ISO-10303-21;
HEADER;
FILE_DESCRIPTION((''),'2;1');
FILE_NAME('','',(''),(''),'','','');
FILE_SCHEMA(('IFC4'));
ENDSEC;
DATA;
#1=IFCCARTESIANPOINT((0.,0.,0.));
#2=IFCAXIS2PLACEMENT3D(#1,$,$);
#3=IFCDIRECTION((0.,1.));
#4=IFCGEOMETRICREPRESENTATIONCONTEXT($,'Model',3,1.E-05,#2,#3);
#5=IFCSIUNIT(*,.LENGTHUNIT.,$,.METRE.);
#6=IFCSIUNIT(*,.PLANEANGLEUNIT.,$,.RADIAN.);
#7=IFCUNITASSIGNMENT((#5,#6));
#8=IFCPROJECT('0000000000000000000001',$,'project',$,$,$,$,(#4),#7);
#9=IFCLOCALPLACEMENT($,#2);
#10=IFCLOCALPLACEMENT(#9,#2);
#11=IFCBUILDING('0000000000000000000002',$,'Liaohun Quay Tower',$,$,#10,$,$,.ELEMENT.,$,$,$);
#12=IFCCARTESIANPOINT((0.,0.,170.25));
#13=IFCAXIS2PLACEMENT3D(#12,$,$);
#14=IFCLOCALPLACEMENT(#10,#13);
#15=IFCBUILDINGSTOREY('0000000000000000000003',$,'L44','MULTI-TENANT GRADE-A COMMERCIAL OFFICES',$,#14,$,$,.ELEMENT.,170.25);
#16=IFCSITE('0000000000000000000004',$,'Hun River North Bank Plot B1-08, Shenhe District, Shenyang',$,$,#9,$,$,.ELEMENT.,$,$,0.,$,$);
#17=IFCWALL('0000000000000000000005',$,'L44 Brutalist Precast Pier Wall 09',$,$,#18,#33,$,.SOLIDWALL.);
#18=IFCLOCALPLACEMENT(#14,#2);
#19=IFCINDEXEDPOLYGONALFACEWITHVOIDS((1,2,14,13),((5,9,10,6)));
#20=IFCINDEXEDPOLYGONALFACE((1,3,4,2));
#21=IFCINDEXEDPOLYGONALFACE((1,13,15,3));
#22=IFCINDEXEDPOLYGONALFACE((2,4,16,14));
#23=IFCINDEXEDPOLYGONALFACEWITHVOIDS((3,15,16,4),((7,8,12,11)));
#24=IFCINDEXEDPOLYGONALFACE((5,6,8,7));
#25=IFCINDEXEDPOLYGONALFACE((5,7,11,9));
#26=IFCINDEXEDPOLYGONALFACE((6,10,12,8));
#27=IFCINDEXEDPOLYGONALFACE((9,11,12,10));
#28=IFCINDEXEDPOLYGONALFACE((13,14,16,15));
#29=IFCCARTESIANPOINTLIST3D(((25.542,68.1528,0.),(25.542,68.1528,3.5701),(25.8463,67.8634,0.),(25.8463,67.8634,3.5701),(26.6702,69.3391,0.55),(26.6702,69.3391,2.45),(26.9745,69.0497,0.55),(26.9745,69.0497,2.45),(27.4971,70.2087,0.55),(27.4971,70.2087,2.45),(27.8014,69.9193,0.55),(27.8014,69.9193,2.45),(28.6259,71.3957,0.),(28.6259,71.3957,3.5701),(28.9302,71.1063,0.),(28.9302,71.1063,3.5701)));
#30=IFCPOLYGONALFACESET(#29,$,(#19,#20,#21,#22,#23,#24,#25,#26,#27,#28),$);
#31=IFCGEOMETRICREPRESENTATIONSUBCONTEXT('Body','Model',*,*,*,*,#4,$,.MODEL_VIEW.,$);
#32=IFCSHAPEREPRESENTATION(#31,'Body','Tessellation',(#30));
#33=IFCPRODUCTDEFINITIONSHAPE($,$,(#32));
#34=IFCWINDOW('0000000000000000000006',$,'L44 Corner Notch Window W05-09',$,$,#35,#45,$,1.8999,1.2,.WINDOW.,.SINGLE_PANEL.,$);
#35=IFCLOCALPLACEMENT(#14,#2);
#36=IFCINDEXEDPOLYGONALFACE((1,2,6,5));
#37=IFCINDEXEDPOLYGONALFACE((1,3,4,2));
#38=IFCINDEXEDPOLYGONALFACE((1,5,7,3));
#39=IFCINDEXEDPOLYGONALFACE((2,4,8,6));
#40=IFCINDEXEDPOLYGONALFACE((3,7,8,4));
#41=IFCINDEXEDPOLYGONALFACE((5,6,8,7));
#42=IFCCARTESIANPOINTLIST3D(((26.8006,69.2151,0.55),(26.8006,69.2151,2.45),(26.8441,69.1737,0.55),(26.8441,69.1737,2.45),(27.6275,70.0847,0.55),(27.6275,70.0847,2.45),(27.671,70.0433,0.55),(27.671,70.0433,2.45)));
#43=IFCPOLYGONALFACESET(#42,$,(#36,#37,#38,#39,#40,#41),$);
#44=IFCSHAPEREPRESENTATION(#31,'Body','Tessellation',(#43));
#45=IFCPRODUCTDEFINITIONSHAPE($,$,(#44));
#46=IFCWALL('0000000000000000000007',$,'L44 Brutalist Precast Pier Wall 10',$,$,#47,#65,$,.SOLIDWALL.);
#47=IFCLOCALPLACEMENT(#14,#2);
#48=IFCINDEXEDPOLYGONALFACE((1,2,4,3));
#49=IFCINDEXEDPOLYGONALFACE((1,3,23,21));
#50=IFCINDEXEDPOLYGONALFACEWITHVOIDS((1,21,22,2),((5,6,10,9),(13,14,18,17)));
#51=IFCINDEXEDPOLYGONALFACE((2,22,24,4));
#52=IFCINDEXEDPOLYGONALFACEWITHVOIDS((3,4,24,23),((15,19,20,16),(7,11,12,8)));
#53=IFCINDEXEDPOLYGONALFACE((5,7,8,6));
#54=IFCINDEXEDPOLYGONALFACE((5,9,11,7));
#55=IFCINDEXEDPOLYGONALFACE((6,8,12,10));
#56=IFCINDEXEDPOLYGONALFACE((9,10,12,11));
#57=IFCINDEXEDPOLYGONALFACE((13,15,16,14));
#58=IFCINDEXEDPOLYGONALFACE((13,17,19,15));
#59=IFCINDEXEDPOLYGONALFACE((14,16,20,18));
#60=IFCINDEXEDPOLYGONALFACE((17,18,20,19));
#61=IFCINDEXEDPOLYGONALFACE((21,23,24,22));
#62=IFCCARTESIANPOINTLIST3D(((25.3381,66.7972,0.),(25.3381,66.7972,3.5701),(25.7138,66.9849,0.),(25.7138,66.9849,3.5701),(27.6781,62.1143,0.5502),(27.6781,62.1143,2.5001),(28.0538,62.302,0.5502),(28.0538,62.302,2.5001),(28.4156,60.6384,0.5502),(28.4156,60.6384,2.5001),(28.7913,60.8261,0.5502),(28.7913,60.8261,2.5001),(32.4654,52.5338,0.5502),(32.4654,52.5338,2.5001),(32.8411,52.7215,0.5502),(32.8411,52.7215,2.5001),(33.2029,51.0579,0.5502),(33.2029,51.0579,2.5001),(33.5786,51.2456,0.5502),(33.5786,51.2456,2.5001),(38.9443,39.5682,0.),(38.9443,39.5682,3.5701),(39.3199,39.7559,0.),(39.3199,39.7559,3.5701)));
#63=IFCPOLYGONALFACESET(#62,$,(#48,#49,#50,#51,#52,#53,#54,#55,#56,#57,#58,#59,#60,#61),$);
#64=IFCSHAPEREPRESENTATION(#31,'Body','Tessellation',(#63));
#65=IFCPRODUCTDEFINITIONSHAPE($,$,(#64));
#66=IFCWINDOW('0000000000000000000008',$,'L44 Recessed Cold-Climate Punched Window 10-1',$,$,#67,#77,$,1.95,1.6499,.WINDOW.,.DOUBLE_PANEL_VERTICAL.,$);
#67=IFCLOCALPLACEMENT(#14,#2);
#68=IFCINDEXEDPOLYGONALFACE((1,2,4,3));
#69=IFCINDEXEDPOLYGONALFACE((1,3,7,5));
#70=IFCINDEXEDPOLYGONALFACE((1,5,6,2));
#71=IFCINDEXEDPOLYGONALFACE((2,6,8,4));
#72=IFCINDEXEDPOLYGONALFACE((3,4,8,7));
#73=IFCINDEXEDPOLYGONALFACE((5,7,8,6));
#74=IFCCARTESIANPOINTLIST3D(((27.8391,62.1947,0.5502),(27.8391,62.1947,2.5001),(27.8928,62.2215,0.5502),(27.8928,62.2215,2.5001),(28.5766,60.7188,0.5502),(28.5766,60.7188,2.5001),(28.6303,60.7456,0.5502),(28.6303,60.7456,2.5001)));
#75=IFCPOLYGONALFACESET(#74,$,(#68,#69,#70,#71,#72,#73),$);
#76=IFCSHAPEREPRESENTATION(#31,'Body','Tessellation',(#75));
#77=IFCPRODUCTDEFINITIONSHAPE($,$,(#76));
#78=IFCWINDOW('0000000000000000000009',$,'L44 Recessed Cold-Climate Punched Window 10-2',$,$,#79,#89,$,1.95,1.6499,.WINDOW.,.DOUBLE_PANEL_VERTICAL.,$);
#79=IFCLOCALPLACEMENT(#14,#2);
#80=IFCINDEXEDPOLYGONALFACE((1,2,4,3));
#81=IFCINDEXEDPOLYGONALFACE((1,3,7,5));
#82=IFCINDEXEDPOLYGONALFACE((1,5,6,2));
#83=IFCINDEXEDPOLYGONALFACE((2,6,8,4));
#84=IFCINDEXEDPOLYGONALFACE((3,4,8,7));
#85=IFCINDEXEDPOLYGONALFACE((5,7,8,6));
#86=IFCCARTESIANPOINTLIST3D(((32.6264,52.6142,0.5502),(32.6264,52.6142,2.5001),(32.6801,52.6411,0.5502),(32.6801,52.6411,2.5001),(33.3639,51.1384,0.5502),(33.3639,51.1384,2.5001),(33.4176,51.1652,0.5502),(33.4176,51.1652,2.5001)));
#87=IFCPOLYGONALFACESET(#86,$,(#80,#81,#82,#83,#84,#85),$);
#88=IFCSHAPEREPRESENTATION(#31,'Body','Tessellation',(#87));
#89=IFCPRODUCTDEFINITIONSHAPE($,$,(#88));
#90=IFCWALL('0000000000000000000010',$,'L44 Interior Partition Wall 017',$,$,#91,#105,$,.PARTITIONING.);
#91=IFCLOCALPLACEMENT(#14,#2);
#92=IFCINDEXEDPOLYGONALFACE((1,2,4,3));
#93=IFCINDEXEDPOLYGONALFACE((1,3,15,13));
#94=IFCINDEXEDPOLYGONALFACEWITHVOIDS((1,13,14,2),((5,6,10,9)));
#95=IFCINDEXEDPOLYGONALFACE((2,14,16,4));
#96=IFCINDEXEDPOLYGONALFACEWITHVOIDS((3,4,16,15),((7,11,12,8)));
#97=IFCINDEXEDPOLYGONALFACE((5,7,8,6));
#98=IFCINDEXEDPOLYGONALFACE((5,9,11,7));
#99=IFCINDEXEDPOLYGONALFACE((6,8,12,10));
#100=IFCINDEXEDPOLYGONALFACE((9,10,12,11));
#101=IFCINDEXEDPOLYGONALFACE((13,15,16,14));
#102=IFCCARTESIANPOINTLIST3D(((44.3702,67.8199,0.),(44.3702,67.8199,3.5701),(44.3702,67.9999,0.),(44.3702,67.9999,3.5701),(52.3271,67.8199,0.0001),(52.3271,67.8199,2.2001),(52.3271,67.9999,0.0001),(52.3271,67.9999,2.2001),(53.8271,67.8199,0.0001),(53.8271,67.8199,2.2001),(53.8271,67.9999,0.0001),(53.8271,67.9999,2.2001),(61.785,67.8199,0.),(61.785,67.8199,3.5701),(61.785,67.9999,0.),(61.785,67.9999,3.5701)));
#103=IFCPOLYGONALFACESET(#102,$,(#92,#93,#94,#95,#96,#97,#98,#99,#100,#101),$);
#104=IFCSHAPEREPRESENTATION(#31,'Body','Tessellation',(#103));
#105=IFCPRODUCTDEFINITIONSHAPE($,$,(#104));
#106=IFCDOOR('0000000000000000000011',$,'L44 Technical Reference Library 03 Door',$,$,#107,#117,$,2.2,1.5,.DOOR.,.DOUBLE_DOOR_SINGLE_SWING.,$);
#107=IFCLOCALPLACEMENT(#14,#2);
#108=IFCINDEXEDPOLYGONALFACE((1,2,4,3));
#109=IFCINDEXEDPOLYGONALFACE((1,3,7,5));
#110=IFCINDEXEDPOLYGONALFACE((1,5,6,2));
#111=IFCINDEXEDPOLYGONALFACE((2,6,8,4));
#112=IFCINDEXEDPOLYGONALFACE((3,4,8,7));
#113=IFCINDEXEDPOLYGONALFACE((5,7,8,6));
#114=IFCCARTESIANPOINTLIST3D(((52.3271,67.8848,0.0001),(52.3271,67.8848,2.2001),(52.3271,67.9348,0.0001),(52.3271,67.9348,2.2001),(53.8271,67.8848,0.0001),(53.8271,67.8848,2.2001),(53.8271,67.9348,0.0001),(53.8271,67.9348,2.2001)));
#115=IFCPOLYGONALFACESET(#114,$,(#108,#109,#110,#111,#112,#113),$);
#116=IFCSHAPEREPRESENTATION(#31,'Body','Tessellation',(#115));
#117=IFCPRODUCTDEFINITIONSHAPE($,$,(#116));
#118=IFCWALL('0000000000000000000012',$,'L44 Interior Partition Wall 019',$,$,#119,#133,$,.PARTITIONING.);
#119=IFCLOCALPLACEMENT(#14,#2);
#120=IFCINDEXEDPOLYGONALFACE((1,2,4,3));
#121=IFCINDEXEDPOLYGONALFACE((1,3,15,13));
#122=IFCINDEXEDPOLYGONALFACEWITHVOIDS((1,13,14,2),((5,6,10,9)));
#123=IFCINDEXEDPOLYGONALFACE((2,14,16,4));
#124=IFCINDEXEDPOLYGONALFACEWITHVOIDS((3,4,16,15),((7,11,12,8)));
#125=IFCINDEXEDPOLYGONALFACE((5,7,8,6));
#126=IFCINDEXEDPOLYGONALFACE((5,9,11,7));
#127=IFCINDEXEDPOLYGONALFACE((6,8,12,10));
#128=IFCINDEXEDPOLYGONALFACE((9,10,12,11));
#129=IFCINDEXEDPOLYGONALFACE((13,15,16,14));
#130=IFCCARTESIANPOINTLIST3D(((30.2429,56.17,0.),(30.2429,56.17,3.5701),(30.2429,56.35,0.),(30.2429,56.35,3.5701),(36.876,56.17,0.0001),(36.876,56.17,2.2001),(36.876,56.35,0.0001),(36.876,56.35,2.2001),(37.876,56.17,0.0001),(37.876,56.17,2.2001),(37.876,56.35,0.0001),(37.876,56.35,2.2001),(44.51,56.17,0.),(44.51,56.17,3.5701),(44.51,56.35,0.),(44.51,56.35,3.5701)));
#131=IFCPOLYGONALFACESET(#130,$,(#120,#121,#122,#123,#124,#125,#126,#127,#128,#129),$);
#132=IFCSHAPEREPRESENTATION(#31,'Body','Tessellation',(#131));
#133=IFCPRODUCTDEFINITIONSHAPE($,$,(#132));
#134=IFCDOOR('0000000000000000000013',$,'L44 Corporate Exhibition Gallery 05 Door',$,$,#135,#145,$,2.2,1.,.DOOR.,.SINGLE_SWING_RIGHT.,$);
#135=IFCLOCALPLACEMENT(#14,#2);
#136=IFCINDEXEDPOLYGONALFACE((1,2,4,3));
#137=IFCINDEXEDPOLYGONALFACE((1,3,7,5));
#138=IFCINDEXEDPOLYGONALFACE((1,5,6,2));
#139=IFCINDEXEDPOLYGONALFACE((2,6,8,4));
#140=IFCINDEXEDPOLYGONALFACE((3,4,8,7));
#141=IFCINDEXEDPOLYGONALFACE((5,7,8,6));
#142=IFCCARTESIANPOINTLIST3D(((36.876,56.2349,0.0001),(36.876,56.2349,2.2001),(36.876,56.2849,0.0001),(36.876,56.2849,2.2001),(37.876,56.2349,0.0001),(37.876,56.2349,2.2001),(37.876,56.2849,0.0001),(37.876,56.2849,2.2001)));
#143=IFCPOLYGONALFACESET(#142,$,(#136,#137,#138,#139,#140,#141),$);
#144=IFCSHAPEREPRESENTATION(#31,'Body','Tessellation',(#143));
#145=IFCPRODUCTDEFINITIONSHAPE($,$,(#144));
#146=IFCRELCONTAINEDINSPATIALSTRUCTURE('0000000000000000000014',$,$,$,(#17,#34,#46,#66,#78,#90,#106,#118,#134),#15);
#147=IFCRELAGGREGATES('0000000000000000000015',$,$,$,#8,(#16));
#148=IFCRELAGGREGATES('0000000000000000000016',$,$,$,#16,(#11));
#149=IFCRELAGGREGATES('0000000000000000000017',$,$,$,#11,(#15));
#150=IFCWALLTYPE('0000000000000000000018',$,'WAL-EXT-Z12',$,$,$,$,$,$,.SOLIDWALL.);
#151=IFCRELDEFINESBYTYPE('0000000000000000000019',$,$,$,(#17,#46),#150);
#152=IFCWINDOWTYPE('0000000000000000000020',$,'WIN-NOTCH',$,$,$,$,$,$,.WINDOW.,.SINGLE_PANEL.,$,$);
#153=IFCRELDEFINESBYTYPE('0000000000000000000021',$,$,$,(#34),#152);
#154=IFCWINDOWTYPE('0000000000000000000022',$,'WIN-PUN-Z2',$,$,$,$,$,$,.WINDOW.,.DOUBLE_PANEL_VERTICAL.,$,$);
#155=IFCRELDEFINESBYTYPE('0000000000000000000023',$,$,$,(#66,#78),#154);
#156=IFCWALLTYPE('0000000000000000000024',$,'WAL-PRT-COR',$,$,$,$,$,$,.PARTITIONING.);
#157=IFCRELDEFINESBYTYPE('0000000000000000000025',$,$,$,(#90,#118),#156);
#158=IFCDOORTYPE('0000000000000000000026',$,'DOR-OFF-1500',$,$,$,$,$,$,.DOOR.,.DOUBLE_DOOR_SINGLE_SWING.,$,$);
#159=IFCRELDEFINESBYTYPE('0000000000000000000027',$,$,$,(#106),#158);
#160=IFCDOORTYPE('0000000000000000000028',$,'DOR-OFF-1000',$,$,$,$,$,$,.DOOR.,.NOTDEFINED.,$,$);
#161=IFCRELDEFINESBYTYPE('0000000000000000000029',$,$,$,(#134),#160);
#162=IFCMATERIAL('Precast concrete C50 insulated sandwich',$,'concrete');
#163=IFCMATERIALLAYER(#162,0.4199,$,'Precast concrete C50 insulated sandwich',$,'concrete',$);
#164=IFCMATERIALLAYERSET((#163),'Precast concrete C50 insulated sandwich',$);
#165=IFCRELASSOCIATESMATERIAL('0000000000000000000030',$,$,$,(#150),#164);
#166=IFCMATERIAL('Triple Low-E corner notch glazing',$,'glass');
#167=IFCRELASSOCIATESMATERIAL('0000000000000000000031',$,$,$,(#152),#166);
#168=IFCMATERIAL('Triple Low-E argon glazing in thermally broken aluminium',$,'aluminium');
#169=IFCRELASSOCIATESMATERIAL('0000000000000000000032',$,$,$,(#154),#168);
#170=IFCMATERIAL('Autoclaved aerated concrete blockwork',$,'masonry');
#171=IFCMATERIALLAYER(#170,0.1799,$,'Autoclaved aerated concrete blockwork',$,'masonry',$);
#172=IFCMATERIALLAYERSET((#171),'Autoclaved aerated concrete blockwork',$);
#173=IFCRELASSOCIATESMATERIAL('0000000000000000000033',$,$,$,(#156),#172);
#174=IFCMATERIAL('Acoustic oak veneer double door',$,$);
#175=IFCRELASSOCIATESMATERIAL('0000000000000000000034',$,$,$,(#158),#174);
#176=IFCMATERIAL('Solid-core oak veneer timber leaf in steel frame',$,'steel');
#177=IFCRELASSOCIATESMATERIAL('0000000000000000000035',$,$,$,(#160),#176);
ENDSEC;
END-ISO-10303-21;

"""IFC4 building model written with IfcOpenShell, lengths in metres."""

from ifc_helpers import new_model, si_unit, direction, frame, frame_2d, origin, place, context, subcontext, project, spatial, rectangle, extrude, source, transform, mapped, material, layer, layer_set, type_object, element, fill, save


model = new_model("IFC4")

# Units and contexts
model_context = context("Model", 3, precision=1e-05, world=origin(), true_north=direction((0.0, 1.0)))
body_context = subcontext(model_context, "Body", "Model", "MODEL_VIEW")
ifc_project = project(units=[si_unit("LENGTHUNIT", "METRE"), si_unit("PLANEANGLEUNIT", "RADIAN")], contexts=[model_context])

# Site, building, storey
site_placement = place(None, origin())
site = spatial("IfcSite", under=ifc_project, at=site_placement, Name="Hun River North Bank Plot B1-08, Shenhe District, Shenyang", CompositionType="ELEMENT", RefElevation=0.0)
building_placement = place(site_placement, origin())
building = spatial("IfcBuilding", under=site, at=building_placement, Name="Liaohun Quay Tower", CompositionType="ELEMENT")
storey_placement = place(building_placement, frame((0.0, 0.0, 170.25)))
storey = spatial("IfcBuildingStorey", under=building, at=storey_placement, Name="L44", Description="MULTI-TENANT GRADE-A COMMERCIAL OFFICES", CompositionType="ELEMENT", Elevation=170.25)

# Wall, opening, window
ifc_material_1 = material(Name="Precast concrete C50 insulated sandwich", Category="concrete")
ifc_layer_1 = layer(ifc_material_1, 0.4199, Name="Precast concrete C50 insulated sandwich", Category="concrete")
ifc_layer_set_1 = layer_set([ifc_layer_1], Name="Precast concrete C50 insulated sandwich")
wall_type_1 = type_object("IfcWallType", Name="WAL-EXT-Z12", PredefinedType="SOLIDWALL", material=ifc_layer_set_1)
shared_shape_1 = source(origin(), body_context, "Body", "SweptSolid", [
    extrude(rectangle(XDim=1.2, YDim=1.8999, at=frame_2d((0.6001, 0.95))), frame((0.0, 0.22, 0.0), z_axis=(0.0, -1.0, 0.0), x_axis=(1.0, 0.0, 0.0)), (0.0, 0.0, 1.0), 0.4399),
])
ifc_material_2 = material(Name="Triple Low-E corner notch glazing", Category="glass")
window_type_1 = type_object("IfcWindowType", Name="WIN-NOTCH", PartitioningType="SINGLE_PANEL", PredefinedType="WINDOW", material=ifc_material_2)
shared_shape_2 = source(origin(), body_context, "Body", "SweptSolid", [
    extrude(rectangle(XDim=1.2, YDim=1.8999, at=frame_2d((0.6001, 0.95))), frame((0.0, 0.03, 0.0), z_axis=(0.0, -1.0, 0.0), x_axis=(1.0, 0.0, 0.0)), (0.0, 0.0, 1.0), 0.0601),
])
wall_1_placement = place(storey_placement, frame((28.7781, 71.251, 0.0), z_axis=(0.0, 0.0, 1.0), x_axis=(-0.689126, -0.724641, 0.0)))
wall_1 = element("IfcWall", 1, at=wall_1_placement, inside=storey, type_object=wall_type_1, Name="L44 Brutalist Precast Pier Wall 09", PredefinedType="SOLIDWALL", context=body_context, shape_type="SweptSolid", body=[
    extrude(rectangle(XDim=4.4751, YDim=0.4199, at=frame_2d((2.2375, 0.0))), origin(), (0.0, 0.0, 1.0), 3.5701),
])
opening_1_placement = place(wall_1_placement, frame((1.6379, 0.0, 0.55)))
opening_1 = element("IfcOpeningElement", 2, at=opening_1_placement, cuts=wall_1, PredefinedType="OPENING", context=body_context, shape_type="MappedRepresentation", body=[
    mapped(shared_shape_1, transform((0.0, 0.0, 0.0), x_axis=(1.0, 0.0, 0.0), y_axis=(0.0, 1.0, 0.0), z_axis=(0.0, 0.0, 1.0), scale=1.0)),
])
window_1_placement = place(opening_1_placement, origin())
window_1 = element("IfcWindow", 3, at=window_1_placement, inside=storey, type_object=window_type_1, Name="L44 Corner Notch Window W05-09", OverallHeight=1.8999, OverallWidth=1.2, PartitioningType="SINGLE_PANEL", PredefinedType="WINDOW", context=body_context, shape_type="MappedRepresentation", body=[
    mapped(shared_shape_2, transform((0.0, 0.0, 0.0), x_axis=(1.0, 0.0, 0.0), y_axis=(0.0, 1.0, 0.0), z_axis=(0.0, 0.0, 1.0), scale=1.0)),
])
fill(opening_1, window_1)

# Wall, openings, windows
wall_2_placement = place(storey_placement, frame((25.5259, 66.8911, 0.0), z_axis=(0.0, 0.0, 1.0), x_axis=(0.446995, -0.894536, 0.0)))
wall_2 = element("IfcWall", 4, at=wall_2_placement, inside=storey, type_object=wall_type_1, Name="L44 Brutalist Precast Pier Wall 10", PredefinedType="SOLIDWALL", context=body_context, shape_type="SweptSolid", body=[
    extrude(rectangle(XDim=30.4392, YDim=0.4199, at=frame_2d((15.2197, 0.0))), origin(), (0.0, 0.0, 1.0), 3.5701),
])
shared_shape_3 = source(origin(), body_context, "Body", "SweptSolid", [
    extrude(rectangle(XDim=1.6499, YDim=1.95, at=frame_2d((0.825, 0.9751))), frame((0.0, 0.22, 0.0), z_axis=(0.0, -1.0, 0.0), x_axis=(1.0, 0.0, 0.0)), (0.0, 0.0, 1.0), 0.4399),
])
opening_2_placement = place(wall_2_placement, frame((5.2351, 0.0, 0.55)))
opening_2 = element("IfcOpeningElement", 5, at=opening_2_placement, cuts=wall_2, PredefinedType="OPENING", context=body_context, shape_type="MappedRepresentation", body=[
    mapped(shared_shape_3, transform((0.0, 0.0, 0.0), x_axis=(1.0, 0.0, 0.0), y_axis=(0.0, 1.0, 0.0), z_axis=(0.0, 0.0, 1.0), scale=1.0)),
])
opening_3_placement = place(wall_2_placement, frame((15.9451, 0.0, 0.55)))
opening_3 = element("IfcOpeningElement", 6, at=opening_3_placement, cuts=wall_2, PredefinedType="OPENING", context=body_context, shape_type="MappedRepresentation", body=[
    mapped(shared_shape_3, transform((0.0, 0.0, 0.0), x_axis=(1.0, 0.0, 0.0), y_axis=(0.0, 1.0, 0.0), z_axis=(0.0, 0.0, 1.0), scale=1.0)),
])
ifc_material_3 = material(Name="Triple Low-E argon glazing in thermally broken aluminium", Category="aluminium")
window_type_2 = type_object("IfcWindowType", Name="WIN-PUN-Z2", PartitioningType="DOUBLE_PANEL_VERTICAL", PredefinedType="WINDOW", material=ifc_material_3)
shared_shape_4 = source(origin(), body_context, "Body", "SweptSolid", [
    extrude(rectangle(XDim=1.6499, YDim=1.95, at=frame_2d((0.825, 0.9751))), frame((0.0, 0.03, 0.0), z_axis=(0.0, -1.0, 0.0), x_axis=(1.0, 0.0, 0.0)), (0.0, 0.0, 1.0), 0.0601),
])
window_2_placement = place(opening_2_placement, origin())
window_2 = element("IfcWindow", 7, at=window_2_placement, inside=storey, type_object=window_type_2, Name="L44 Recessed Cold-Climate Punched Window 10-1", OverallHeight=1.95, OverallWidth=1.6499, PartitioningType="DOUBLE_PANEL_VERTICAL", PredefinedType="WINDOW", context=body_context, shape_type="MappedRepresentation", body=[
    mapped(shared_shape_4, transform((0.0, 0.0, 0.0), x_axis=(1.0, 0.0, 0.0), y_axis=(0.0, 1.0, 0.0), z_axis=(0.0, 0.0, 1.0), scale=1.0)),
])
fill(opening_2, window_2)
window_3_placement = place(opening_3_placement, origin())
window_3 = element("IfcWindow", 8, at=window_3_placement, inside=storey, type_object=window_type_2, Name="L44 Recessed Cold-Climate Punched Window 10-2", OverallHeight=1.95, OverallWidth=1.6499, PartitioningType="DOUBLE_PANEL_VERTICAL", PredefinedType="WINDOW", context=body_context, shape_type="MappedRepresentation", body=[
    mapped(shared_shape_4, transform((0.0, 0.0, 0.0), x_axis=(1.0, 0.0, 0.0), y_axis=(0.0, 1.0, 0.0), z_axis=(0.0, 0.0, 1.0), scale=1.0)),
])
fill(opening_3, window_3)

# Walls, openings, doors
ifc_material_4 = material(Name="Autoclaved aerated concrete blockwork", Category="masonry")
ifc_layer_2 = layer(ifc_material_4, 0.1799, Name="Autoclaved aerated concrete blockwork", Category="masonry")
ifc_layer_set_2 = layer_set([ifc_layer_2], Name="Autoclaved aerated concrete blockwork")
wall_type_2 = type_object("IfcWallType", Name="WAL-PRT-COR", PredefinedType="PARTITIONING", material=ifc_layer_set_2)
wall_3_placement = place(storey_placement, frame((44.3701, 67.9099, 0.0), z_axis=(0.0, 0.0, 1.0), x_axis=(1.0, 0.0, 0.0)))
wall_3 = element("IfcWall", 9, at=wall_3_placement, inside=storey, type_object=wall_type_2, Name="L44 Interior Partition Wall 017", PredefinedType="PARTITIONING", context=body_context, shape_type="SweptSolid", body=[
    extrude(rectangle(XDim=17.4148, YDim=0.1799, at=frame_2d((8.7075, 0.0))), origin(), (0.0, 0.0, 1.0), 3.5701),
])
shared_shape_5 = source(origin(), body_context, "Body", "SweptSolid", [
    extrude(rectangle(XDim=1.5, YDim=2.2, at=frame_2d((0.75, 1.1001))), frame((0.0, 0.0999, 0.0), z_axis=(0.0, -1.0, 0.0), x_axis=(1.0, 0.0, 0.0)), (0.0, 0.0, 1.0), 0.2),
])
opening_4_placement = place(wall_3_placement, frame((7.957, 0.0, 0.0)))
opening_4 = element("IfcOpeningElement", 10, at=opening_4_placement, cuts=wall_3, PredefinedType="OPENING", context=body_context, shape_type="MappedRepresentation", body=[
    mapped(shared_shape_5, transform((0.0, 0.0, 0.0), x_axis=(1.0, 0.0, 0.0), y_axis=(0.0, 1.0, 0.0), z_axis=(0.0, 0.0, 1.0), scale=1.0)),
])
ifc_material_5 = material(Name="Acoustic oak veneer double door")
door_type_1 = type_object("IfcDoorType", Name="DOR-OFF-1500", OperationType="DOUBLE_DOOR_SINGLE_SWING", PredefinedType="DOOR", material=ifc_material_5)
shared_shape_6 = source(origin(), body_context, "Body", "SweptSolid", [
    extrude(rectangle(XDim=1.5, YDim=2.2, at=frame_2d((0.75, 1.1001))), frame((0.0, 0.0249, 0.0), z_axis=(0.0, -1.0, 0.0), x_axis=(1.0, 0.0, 0.0)), (0.0, 0.0, 1.0), 0.05),
])
door_1_placement = place(opening_4_placement, origin())
door_1 = element("IfcDoor", 11, at=door_1_placement, inside=storey, type_object=door_type_1, Name="L44 Technical Reference Library 03 Door", OperationType="DOUBLE_DOOR_SINGLE_SWING", OverallHeight=2.2, OverallWidth=1.5, PredefinedType="DOOR", context=body_context, shape_type="MappedRepresentation", body=[
    mapped(shared_shape_6, transform((0.0, 0.0, 0.0), x_axis=(1.0, 0.0, 0.0), y_axis=(0.0, 1.0, 0.0), z_axis=(0.0, 0.0, 1.0), scale=1.0)),
])
fill(opening_4, door_1)
wall_4_placement = place(storey_placement, frame((30.2429, 56.26, 0.0), z_axis=(0.0, 0.0, 1.0), x_axis=(1.0, 0.0, 0.0)))
wall_4 = element("IfcWall", 12, at=wall_4_placement, inside=storey, type_object=wall_type_2, Name="L44 Interior Partition Wall 019", PredefinedType="PARTITIONING", context=body_context, shape_type="SweptSolid", body=[
    extrude(rectangle(XDim=14.2671, YDim=0.1799, at=frame_2d((7.1335, 0.0))), origin(), (0.0, 0.0, 1.0), 3.5701),
])
shared_shape_7 = source(origin(), body_context, "Body", "SweptSolid", [
    extrude(rectangle(XDim=1.0, YDim=2.2, at=frame_2d((0.5, 1.1001))), frame((0.0, 0.0999, 0.0), z_axis=(0.0, -1.0, 0.0), x_axis=(1.0, 0.0, 0.0)), (0.0, 0.0, 1.0), 0.2),
])
opening_5_placement = place(wall_4_placement, frame((6.6331, 0.0, 0.0)))
opening_5 = element("IfcOpeningElement", 13, at=opening_5_placement, cuts=wall_4, PredefinedType="OPENING", context=body_context, shape_type="MappedRepresentation", body=[
    mapped(shared_shape_7, transform((0.0, 0.0, 0.0), x_axis=(1.0, 0.0, 0.0), y_axis=(0.0, 1.0, 0.0), z_axis=(0.0, 0.0, 1.0), scale=1.0)),
])
ifc_material_6 = material(Name="Solid-core oak veneer timber leaf in steel frame", Category="steel")
door_type_2 = type_object("IfcDoorType", Name="DOR-OFF-1000", OperationType="NOTDEFINED", PredefinedType="DOOR", material=ifc_material_6)
shared_shape_8 = source(origin(), body_context, "Body", "SweptSolid", [
    extrude(rectangle(XDim=1.0, YDim=2.2, at=frame_2d((0.5, 1.1001))), frame((0.0, 0.0249, 0.0), z_axis=(0.0, -1.0, 0.0), x_axis=(1.0, 0.0, 0.0)), (0.0, 0.0, 1.0), 0.05),
])
door_2_placement = place(opening_5_placement, origin())
door_2 = element("IfcDoor", 14, at=door_2_placement, inside=storey, type_object=door_type_2, Name="L44 Corporate Exhibition Gallery 05 Door", OperationType="SINGLE_SWING_RIGHT", OverallHeight=2.2, OverallWidth=1.0, PredefinedType="DOOR", context=body_context, shape_type="MappedRepresentation", body=[
    mapped(shared_shape_8, transform((0.0, 0.0, 0.0), x_axis=(1.0, 0.0, 0.0), y_axis=(0.0, 1.0, 0.0), z_axis=(0.0, 0.0, 1.0), scale=1.0)),
])
fill(opening_5, door_2)

save(model, "model.ifc")
